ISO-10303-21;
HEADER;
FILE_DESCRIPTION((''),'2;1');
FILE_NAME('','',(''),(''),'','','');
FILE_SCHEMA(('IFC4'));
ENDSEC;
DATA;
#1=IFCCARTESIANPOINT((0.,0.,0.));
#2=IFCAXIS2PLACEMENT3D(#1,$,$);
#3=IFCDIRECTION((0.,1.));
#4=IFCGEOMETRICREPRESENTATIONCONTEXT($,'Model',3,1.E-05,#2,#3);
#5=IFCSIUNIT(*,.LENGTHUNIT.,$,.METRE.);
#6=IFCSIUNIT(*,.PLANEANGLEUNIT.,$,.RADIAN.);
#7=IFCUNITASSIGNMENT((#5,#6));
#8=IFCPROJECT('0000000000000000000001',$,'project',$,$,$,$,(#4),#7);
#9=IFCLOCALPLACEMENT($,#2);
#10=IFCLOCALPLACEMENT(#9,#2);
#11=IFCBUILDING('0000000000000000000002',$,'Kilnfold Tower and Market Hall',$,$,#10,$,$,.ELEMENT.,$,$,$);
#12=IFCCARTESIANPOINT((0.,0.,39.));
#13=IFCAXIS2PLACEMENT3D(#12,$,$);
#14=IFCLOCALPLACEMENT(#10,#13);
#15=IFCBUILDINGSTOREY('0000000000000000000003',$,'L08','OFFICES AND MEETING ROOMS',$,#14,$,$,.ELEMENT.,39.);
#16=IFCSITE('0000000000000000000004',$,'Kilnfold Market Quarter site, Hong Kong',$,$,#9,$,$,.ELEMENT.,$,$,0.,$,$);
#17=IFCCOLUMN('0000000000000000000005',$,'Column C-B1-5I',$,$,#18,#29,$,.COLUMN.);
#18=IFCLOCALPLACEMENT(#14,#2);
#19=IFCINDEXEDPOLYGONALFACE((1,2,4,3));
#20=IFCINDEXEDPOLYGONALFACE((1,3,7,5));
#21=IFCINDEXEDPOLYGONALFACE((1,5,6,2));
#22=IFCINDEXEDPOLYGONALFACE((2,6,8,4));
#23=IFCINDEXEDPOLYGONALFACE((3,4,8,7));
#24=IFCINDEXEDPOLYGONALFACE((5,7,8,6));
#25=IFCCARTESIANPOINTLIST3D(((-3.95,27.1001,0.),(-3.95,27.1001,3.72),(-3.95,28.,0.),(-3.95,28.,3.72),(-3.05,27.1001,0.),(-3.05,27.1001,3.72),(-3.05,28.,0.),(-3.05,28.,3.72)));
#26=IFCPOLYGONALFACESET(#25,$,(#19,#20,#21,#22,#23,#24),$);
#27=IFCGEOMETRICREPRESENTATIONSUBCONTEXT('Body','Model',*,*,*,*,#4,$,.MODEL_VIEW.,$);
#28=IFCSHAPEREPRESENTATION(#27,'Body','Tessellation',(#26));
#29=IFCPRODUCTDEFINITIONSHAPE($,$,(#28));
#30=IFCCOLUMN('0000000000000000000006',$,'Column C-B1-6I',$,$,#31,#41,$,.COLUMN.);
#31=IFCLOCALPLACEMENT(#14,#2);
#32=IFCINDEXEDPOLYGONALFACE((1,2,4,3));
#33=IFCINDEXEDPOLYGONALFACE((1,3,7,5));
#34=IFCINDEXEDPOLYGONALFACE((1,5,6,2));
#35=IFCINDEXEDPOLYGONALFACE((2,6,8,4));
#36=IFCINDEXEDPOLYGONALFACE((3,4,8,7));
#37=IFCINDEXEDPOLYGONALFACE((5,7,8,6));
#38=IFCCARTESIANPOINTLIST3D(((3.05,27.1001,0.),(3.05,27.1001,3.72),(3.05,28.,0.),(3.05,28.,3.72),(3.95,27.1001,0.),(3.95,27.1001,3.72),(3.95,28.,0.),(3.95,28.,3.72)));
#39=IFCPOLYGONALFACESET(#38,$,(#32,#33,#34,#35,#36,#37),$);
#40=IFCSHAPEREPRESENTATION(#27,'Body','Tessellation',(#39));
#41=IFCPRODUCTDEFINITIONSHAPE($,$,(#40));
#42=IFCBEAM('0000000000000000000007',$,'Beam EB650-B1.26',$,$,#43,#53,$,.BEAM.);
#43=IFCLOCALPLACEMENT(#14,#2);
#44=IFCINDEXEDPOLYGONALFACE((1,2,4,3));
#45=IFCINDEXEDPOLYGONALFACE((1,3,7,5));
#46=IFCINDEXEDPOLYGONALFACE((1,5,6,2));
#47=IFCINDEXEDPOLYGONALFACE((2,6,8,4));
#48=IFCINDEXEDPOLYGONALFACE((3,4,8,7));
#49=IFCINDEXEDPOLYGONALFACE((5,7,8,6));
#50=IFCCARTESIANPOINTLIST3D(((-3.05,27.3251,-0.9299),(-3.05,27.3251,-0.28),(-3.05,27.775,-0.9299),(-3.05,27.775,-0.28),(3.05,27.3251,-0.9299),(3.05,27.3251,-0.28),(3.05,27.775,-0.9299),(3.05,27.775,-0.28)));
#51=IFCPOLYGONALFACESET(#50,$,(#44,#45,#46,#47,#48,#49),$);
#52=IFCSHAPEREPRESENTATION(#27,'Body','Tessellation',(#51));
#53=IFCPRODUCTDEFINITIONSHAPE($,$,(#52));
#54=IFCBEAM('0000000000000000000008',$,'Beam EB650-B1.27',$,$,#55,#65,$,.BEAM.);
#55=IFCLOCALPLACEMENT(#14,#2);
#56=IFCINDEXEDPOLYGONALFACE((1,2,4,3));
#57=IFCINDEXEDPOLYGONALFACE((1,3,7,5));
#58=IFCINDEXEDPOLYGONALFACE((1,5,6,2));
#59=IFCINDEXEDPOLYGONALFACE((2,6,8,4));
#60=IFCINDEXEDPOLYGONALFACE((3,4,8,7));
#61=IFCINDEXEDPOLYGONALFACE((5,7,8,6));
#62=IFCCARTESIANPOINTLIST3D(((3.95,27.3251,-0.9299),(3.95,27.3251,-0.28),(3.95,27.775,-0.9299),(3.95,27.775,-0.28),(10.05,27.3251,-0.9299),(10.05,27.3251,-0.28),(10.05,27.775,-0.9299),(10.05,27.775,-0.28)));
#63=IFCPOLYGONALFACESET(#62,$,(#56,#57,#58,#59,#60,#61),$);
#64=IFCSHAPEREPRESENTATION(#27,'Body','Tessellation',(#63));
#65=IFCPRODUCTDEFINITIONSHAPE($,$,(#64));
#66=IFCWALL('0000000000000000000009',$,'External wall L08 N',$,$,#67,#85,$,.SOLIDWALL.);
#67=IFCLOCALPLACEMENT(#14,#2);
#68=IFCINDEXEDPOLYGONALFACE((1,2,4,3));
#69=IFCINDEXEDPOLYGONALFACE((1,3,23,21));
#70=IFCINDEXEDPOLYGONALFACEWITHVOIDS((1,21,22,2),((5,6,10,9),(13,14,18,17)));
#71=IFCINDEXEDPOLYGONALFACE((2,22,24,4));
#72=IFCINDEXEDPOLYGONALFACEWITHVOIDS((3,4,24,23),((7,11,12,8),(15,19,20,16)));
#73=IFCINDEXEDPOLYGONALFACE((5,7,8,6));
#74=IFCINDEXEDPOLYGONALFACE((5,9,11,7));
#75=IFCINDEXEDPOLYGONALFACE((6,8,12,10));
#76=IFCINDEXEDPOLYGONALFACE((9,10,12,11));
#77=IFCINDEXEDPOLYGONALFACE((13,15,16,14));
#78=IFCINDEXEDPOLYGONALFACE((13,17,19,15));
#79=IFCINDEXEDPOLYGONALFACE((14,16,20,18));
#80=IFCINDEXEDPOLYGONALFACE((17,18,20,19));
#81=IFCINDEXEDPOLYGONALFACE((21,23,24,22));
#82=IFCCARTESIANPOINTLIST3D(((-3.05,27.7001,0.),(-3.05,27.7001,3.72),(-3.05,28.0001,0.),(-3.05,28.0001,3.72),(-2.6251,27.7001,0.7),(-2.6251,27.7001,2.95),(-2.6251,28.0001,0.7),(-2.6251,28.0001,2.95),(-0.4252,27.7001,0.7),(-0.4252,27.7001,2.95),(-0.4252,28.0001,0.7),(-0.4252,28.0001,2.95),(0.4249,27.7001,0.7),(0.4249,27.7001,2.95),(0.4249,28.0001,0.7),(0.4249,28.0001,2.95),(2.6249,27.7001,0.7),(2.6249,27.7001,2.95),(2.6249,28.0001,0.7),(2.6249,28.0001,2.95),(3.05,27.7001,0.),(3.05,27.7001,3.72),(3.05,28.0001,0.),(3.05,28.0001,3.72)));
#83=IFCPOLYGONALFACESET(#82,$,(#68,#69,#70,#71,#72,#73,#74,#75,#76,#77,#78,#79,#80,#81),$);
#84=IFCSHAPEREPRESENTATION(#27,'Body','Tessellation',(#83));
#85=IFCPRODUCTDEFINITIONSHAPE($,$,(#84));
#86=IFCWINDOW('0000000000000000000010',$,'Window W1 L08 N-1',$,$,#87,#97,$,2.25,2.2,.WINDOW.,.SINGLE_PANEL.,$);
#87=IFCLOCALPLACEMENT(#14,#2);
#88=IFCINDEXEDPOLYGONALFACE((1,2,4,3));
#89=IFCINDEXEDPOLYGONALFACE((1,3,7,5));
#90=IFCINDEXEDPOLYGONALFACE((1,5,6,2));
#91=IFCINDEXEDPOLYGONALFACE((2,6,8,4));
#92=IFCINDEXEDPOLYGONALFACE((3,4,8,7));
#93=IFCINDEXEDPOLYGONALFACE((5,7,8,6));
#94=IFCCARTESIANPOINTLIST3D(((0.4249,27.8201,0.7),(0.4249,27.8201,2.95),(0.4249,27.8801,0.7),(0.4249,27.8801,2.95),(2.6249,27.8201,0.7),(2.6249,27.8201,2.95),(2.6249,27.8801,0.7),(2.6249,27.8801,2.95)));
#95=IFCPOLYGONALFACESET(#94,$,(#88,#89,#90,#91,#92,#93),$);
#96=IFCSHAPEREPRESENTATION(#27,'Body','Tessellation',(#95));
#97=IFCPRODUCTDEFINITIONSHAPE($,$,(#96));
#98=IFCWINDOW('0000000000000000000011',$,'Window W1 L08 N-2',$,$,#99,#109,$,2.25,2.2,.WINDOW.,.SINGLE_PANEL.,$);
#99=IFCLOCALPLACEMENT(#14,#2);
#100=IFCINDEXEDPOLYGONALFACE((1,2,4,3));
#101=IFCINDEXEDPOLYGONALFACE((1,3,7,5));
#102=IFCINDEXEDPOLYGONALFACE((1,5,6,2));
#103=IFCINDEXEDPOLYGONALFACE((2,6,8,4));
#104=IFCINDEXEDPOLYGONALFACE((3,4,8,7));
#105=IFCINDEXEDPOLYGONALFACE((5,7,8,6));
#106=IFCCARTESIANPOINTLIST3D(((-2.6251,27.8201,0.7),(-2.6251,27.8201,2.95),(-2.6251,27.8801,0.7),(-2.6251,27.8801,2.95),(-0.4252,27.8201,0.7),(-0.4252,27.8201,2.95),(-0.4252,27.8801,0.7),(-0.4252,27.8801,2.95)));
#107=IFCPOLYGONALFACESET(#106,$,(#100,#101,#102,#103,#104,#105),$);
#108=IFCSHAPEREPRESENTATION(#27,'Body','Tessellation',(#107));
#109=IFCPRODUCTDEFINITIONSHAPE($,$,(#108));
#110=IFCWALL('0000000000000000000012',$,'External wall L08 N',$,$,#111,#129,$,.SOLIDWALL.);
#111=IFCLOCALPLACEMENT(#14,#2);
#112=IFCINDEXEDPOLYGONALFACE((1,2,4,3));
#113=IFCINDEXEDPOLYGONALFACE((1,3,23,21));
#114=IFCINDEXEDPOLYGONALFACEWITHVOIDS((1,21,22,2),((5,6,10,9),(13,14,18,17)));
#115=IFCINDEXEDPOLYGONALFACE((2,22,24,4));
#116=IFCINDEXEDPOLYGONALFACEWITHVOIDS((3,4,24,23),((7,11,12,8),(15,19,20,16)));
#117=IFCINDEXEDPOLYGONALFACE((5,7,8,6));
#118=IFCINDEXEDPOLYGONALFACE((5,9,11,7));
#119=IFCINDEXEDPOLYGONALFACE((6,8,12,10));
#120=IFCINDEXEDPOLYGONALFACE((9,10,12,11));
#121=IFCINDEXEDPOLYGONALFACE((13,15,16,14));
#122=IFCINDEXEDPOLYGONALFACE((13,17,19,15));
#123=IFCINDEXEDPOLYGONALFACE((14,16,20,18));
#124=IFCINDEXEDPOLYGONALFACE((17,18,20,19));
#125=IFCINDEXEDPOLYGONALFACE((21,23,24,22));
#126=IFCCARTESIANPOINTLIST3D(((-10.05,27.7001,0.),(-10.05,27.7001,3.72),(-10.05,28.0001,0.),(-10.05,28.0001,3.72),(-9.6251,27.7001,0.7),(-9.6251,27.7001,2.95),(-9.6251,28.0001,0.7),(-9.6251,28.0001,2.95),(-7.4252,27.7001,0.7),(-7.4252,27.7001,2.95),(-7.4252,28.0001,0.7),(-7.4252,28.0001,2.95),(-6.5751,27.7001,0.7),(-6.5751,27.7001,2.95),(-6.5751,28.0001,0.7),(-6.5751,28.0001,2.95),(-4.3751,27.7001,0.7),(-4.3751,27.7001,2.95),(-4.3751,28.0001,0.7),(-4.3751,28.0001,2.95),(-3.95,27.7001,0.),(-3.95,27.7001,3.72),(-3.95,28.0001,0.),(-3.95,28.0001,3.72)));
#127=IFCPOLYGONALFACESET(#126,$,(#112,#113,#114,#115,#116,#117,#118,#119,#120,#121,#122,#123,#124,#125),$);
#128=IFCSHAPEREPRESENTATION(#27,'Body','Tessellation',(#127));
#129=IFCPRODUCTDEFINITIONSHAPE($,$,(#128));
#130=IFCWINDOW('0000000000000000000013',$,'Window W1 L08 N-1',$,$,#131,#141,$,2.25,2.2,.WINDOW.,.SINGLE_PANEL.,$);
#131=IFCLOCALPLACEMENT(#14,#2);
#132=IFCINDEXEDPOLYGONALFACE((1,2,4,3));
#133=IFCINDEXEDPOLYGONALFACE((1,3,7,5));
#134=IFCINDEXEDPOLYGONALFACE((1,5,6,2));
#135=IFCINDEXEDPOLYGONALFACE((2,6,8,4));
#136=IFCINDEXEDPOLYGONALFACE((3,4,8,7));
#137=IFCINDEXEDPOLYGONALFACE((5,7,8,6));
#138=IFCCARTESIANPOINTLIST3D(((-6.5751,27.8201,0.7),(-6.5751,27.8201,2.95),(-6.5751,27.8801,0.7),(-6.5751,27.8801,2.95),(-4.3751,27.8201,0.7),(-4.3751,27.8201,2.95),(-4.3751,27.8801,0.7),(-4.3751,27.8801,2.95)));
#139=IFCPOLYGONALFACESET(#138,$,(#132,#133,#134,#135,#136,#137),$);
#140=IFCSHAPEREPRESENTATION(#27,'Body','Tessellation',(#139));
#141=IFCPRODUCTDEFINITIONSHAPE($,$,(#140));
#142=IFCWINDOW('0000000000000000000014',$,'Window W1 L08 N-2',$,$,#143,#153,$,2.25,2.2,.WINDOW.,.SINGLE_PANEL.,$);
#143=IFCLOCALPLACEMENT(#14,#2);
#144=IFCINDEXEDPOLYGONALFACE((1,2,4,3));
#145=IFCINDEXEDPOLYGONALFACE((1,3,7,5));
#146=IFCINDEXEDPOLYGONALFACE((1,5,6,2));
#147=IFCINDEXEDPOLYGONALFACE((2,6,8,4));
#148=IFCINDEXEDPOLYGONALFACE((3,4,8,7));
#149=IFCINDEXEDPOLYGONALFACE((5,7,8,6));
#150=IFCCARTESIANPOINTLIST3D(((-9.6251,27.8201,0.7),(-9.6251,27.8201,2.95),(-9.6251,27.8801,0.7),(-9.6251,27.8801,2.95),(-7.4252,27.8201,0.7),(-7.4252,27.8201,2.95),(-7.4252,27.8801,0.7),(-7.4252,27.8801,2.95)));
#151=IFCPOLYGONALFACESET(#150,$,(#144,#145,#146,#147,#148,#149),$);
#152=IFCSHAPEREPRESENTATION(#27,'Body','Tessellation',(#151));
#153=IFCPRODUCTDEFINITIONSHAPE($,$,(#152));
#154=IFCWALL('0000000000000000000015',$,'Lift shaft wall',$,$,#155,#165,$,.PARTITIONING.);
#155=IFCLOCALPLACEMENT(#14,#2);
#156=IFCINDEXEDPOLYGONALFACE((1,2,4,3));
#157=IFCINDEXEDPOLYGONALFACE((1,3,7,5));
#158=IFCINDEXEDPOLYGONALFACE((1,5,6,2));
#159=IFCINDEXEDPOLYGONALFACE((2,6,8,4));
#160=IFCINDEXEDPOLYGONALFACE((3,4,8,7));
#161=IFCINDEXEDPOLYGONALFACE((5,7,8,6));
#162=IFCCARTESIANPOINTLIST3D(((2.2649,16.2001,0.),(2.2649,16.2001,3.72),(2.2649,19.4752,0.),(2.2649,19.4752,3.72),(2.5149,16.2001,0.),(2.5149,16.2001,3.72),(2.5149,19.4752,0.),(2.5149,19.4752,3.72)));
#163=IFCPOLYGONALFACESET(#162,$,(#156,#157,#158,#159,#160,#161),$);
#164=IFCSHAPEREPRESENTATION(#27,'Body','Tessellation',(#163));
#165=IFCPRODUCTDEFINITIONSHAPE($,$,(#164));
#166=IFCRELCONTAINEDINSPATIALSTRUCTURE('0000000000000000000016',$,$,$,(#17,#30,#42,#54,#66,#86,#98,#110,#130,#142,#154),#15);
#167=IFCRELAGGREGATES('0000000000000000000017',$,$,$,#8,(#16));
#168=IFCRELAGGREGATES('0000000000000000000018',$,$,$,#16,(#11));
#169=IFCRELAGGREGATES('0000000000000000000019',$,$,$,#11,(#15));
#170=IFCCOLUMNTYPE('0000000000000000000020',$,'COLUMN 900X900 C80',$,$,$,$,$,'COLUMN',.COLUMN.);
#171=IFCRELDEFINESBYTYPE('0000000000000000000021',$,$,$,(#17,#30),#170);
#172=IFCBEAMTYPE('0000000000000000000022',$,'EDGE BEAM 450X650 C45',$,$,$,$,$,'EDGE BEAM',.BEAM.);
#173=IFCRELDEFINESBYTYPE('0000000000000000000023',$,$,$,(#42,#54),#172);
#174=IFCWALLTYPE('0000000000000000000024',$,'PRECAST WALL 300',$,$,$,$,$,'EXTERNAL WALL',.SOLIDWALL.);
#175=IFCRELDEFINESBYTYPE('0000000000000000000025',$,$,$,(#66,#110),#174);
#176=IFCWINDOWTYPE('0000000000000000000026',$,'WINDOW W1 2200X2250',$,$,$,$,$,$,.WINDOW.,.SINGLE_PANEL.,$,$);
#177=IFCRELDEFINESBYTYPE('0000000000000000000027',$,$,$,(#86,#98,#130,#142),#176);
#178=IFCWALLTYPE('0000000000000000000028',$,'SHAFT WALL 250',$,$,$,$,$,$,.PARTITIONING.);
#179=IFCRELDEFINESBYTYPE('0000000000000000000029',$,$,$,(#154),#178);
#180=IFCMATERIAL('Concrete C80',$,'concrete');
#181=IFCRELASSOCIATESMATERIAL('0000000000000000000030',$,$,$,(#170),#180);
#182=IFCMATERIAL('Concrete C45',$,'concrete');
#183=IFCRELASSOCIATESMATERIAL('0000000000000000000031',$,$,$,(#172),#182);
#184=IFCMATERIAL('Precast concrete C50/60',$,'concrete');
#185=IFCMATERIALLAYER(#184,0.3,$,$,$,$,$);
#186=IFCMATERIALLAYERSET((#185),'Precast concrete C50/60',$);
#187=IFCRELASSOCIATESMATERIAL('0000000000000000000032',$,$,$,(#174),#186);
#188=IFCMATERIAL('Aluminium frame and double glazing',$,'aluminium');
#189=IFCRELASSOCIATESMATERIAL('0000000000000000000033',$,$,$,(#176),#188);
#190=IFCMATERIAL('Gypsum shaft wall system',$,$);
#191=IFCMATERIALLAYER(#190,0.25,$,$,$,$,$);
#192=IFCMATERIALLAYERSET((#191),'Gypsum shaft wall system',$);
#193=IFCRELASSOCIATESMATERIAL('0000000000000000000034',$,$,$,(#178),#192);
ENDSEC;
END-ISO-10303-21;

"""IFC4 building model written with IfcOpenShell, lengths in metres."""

from ifc_helpers import new_model, si_unit, direction, frame, frame_2d, origin, origin_2d, place, context, subcontext, project, spatial, rectangle, extrude, source, transform, mapped, material, layer, layer_set, material_profile, profile_set, type_object, element, fill, save


model = new_model("IFC4")

# Units and contexts
model_context = context("Model", 3, precision=1e-05, world=origin(), true_north=direction((0.0, 1.0)))
body_context = subcontext(model_context, "Body", "Model", "MODEL_VIEW")
ifc_project = project(units=[si_unit("LENGTHUNIT", "METRE"), si_unit("PLANEANGLEUNIT", "RADIAN")], contexts=[model_context])

# Site, building, storey
site_placement = place(None, origin())
site = spatial("IfcSite", under=ifc_project, at=site_placement, Name="Kilnfold Market Quarter site, Hong Kong", CompositionType="ELEMENT", RefElevation=0.0)
building_placement = place(site_placement, origin())
building = spatial("IfcBuilding", under=site, at=building_placement, Name="Kilnfold Tower and Market Hall", CompositionType="ELEMENT")
storey_placement = place(building_placement, frame((0.0, 0.0, 39.0)))
storey = spatial("IfcBuildingStorey", under=building, at=storey_placement, Name="L08", Description="OFFICES AND MEETING ROOMS", CompositionType="ELEMENT", Elevation=39.0)

# Columns
ifc_material_1 = material(Name="Concrete C80", Category="concrete")
ifc_material_profile_1 = material_profile(ifc_material_1, rectangle(XDim=0.8999, YDim=0.8999, at=origin_2d()), Name="RC 900x900")
ifc_profile_set_1 = profile_set([ifc_material_profile_1], Name="Concrete C80")
column_type = type_object("IfcColumnType", Name="COLUMN 900X900 C80", ElementType="COLUMN", PredefinedType="COLUMN", material=ifc_profile_set_1)
shared_shape_1 = source(origin(), body_context, "Body", "SweptSolid", [
    extrude(rectangle(XDim=0.8999, YDim=0.8999, at=origin_2d()), origin(), (0.0, 0.0, 1.0), 3.72),
])
for number, where, z_axis, x_axis, name in (
    (1, (-3.5, 27.55, 0.0), (0.0, 0.0, 1.0), (1.0, 0.0, 0.0), "Column C-B1-5I"),
    (2, (3.5, 27.55, 0.0), (0.0, 0.0, 1.0), (1.0, 0.0, 0.0), "Column C-B1-6I"),
):
    element("IfcColumn", number, at=place(storey_placement, frame(where, z_axis=z_axis, x_axis=x_axis)), inside=storey, type_object=column_type, Name=name, PredefinedType="COLUMN", context=body_context, shape_type="MappedRepresentation", body=[
        mapped(shared_shape_1, transform((0.0, 0.0, 0.0))),
    ])

# Beams
ifc_material_2 = material(Name="Concrete C45", Category="concrete")
ifc_material_profile_2 = material_profile(ifc_material_2, rectangle(XDim=0.45, YDim=0.6499, at=origin_2d()), Name="RC 450x650")
ifc_profile_set_2 = profile_set([ifc_material_profile_2], Name="Concrete C45")
beam_type = type_object("IfcBeamType", Name="EDGE BEAM 450X650 C45", ElementType="EDGE BEAM", PredefinedType="BEAM", material=ifc_profile_set_2)
shared_shape_2 = source(origin(), body_context, "Body", "SweptSolid", [
    extrude(rectangle(XDim=0.45, YDim=0.6499, at=origin_2d()), origin(), (0.0, 0.0, 1.0), 6.1001),
])
for number, where, z_axis, x_axis, name in (
    (3, (-3.05, 27.55, -0.605), (1.0, 0.0, 0.0), (0.0, 1.0, 0.0), "Beam EB650-B1.26"),
    (4, (3.95, 27.55, -0.605), (1.0, 0.0, 0.0), (0.0, 1.0, 0.0), "Beam EB650-B1.27"),
):
    element("IfcBeam", number, at=place(storey_placement, frame(where, z_axis=z_axis, x_axis=x_axis)), inside=storey, type_object=beam_type, Name=name, PredefinedType="BEAM", context=body_context, shape_type="MappedRepresentation", body=[
        mapped(shared_shape_2, transform((0.0, 0.0, 0.0))),
    ])

# Walls, openings, windows
ifc_material_3 = material(Name="Precast concrete C50/60", Category="concrete")
ifc_layer_1 = layer(ifc_material_3, 0.3)
ifc_layer_set_1 = layer_set([ifc_layer_1], Name="Precast concrete C50/60")
wall_type_1 = type_object("IfcWallType", Name="PRECAST WALL 300", ElementType="EXTERNAL WALL", PredefinedType="SOLIDWALL", material=ifc_layer_set_1)
shared_shape_3 = source(origin(), body_context, "Body", "SweptSolid", [
    extrude(rectangle(XDim=6.1001, YDim=0.3, at=frame_2d((3.05, 0.0))), origin(), (0.0, 0.0, 1.0), 3.72),
])
wall_1_placement = place(storey_placement, frame((3.05, 27.8501, 0.0), z_axis=(0.0, 0.0, 1.0), x_axis=(-1.0, 0.0, 0.0)))
wall_1 = element("IfcWall", 5, at=wall_1_placement, inside=storey, type_object=wall_type_1, Name="External wall L08 N", PredefinedType="SOLIDWALL", context=body_context, shape_type="MappedRepresentation", body=[
    mapped(shared_shape_3, transform((0.0, 0.0, 0.0))),
])
opening_1_placement = place(wall_1_placement, frame((0.425, 0.0, 0.7)))
opening_1 = element("IfcOpeningElement", 6, at=opening_1_placement, cuts=wall_1, PredefinedType="OPENING", context=body_context, shape_type="SweptSolid", body=[
    extrude(rectangle(XDim=2.2, YDim=2.25, at=frame_2d((1.1001, 1.125))), frame((0.0, 0.1602, 0.0), z_axis=(0.0, -1.0, 0.0), x_axis=(1.0, 0.0, 0.0)), (0.0, 0.0, 1.0), 0.3201),
])
opening_2_placement = place(wall_1_placement, frame((3.4751, 0.0, 0.7)))
opening_2 = element("IfcOpeningElement", 7, at=opening_2_placement, cuts=wall_1, PredefinedType="OPENING", context=body_context, shape_type="SweptSolid", body=[
    extrude(rectangle(XDim=2.2, YDim=2.25, at=frame_2d((1.1001, 1.125))), frame((0.0, 0.1602, 0.0), z_axis=(0.0, -1.0, 0.0), x_axis=(1.0, 0.0, 0.0)), (0.0, 0.0, 1.0), 0.3201),
])
ifc_material_4 = material(Name="Aluminium frame and double glazing", Category="aluminium")
window_type = type_object("IfcWindowType", Name="WINDOW W1 2200X2250", PartitioningType="SINGLE_PANEL", PredefinedType="WINDOW", material=ifc_material_4)
window_1_placement = place(opening_1_placement, origin())
window_1 = element("IfcWindow", 8, at=window_1_placement, inside=storey, type_object=window_type, Name="Window W1 L08 N-1", OverallHeight=2.25, OverallWidth=2.2, PartitioningType="SINGLE_PANEL", PredefinedType="WINDOW", context=body_context, shape_type="SweptSolid", body=[
    extrude(rectangle(XDim=2.2, YDim=2.25, at=frame_2d((1.1001, 1.125))), frame((0.0, 0.03, 0.0), z_axis=(0.0, -1.0, 0.0), x_axis=(1.0, 0.0, 0.0)), (0.0, 0.0, 1.0), 0.0601),
])
fill(opening_1, window_1)
window_2_placement = place(opening_2_placement, origin())
window_2 = element("IfcWindow", 9, at=window_2_placement, inside=storey, type_object=window_type, Name="Window W1 L08 N-2", OverallHeight=2.25, OverallWidth=2.2, PartitioningType="SINGLE_PANEL", PredefinedType="WINDOW", context=body_context, shape_type="SweptSolid", body=[
    extrude(rectangle(XDim=2.2, YDim=2.25, at=frame_2d((1.1001, 1.125))), frame((0.0, 0.03, 0.0), z_axis=(0.0, -1.0, 0.0), x_axis=(1.0, 0.0, 0.0)), (0.0, 0.0, 1.0), 0.0601),
])
fill(opening_2, window_2)
wall_2_placement = place(storey_placement, frame((-3.95, 27.8501, 0.0), z_axis=(0.0, 0.0, 1.0), x_axis=(-1.0, 0.0, 0.0)))
wall_2 = element("IfcWall", 10, at=wall_2_placement, inside=storey, type_object=wall_type_1, Name="External wall L08 N", PredefinedType="SOLIDWALL", context=body_context, shape_type="MappedRepresentation", body=[
    mapped(shared_shape_3, transform((0.0, 0.0, 0.0))),
])
opening_3_placement = place(wall_2_placement, frame((0.425, 0.0, 0.7)))
opening_3 = element("IfcOpeningElement", 11, at=opening_3_placement, cuts=wall_2, PredefinedType="OPENING", context=body_context, shape_type="SweptSolid", body=[
    extrude(rectangle(XDim=2.2, YDim=2.25, at=frame_2d((1.1001, 1.125))), frame((0.0, 0.1602, 0.0), z_axis=(0.0, -1.0, 0.0), x_axis=(1.0, 0.0, 0.0)), (0.0, 0.0, 1.0), 0.3201),
])
opening_4_placement = place(wall_2_placement, frame((3.4751, 0.0, 0.7)))
opening_4 = element("IfcOpeningElement", 12, at=opening_4_placement, cuts=wall_2, PredefinedType="OPENING", context=body_context, shape_type="SweptSolid", body=[
    extrude(rectangle(XDim=2.2, YDim=2.25, at=frame_2d((1.1001, 1.125))), frame((0.0, 0.1602, 0.0), z_axis=(0.0, -1.0, 0.0), x_axis=(1.0, 0.0, 0.0)), (0.0, 0.0, 1.0), 0.3201),
])
window_3_placement = place(opening_3_placement, origin())
window_3 = element("IfcWindow", 13, at=window_3_placement, inside=storey, type_object=window_type, Name="Window W1 L08 N-1", OverallHeight=2.25, OverallWidth=2.2, PartitioningType="SINGLE_PANEL", PredefinedType="WINDOW", context=body_context, shape_type="SweptSolid", body=[
    extrude(rectangle(XDim=2.2, YDim=2.25, at=frame_2d((1.1001, 1.125))), frame((0.0, 0.03, 0.0), z_axis=(0.0, -1.0, 0.0), x_axis=(1.0, 0.0, 0.0)), (0.0, 0.0, 1.0), 0.0601),
])
fill(opening_3, window_3)
window_4_placement = place(opening_4_placement, origin())
window_4 = element("IfcWindow", 14, at=window_4_placement, inside=storey, type_object=window_type, Name="Window W1 L08 N-2", OverallHeight=2.25, OverallWidth=2.2, PartitioningType="SINGLE_PANEL", PredefinedType="WINDOW", context=body_context, shape_type="SweptSolid", body=[
    extrude(rectangle(XDim=2.2, YDim=2.25, at=frame_2d((1.1001, 1.125))), frame((0.0, 0.03, 0.0), z_axis=(0.0, -1.0, 0.0), x_axis=(1.0, 0.0, 0.0)), (0.0, 0.0, 1.0), 0.0601),
])
fill(opening_4, window_4)

# Wall
ifc_material_5 = material(Name="Gypsum shaft wall system")
ifc_layer_2 = layer(ifc_material_5, 0.25)
ifc_layer_set_2 = layer_set([ifc_layer_2], Name="Gypsum shaft wall system")
wall_type_2 = type_object("IfcWallType", Name="SHAFT WALL 250", PredefinedType="PARTITIONING", material=ifc_layer_set_2)
shared_shape_4 = source(origin(), body_context, "Body", "SweptSolid", [
    extrude(rectangle(XDim=3.2751, YDim=0.25, at=frame_2d((1.6377, 0.0))), origin(), (0.0, 0.0, 1.0), 3.72),
])
for number, where, z_axis, x_axis, name in (
    (15, (2.3899, 16.2, 0.0), (0.0, 0.0, 1.0), (0.0, 1.0, 0.0), "Lift shaft wall"),
):
    element("IfcWall", number, at=place(storey_placement, frame(where, z_axis=z_axis, x_axis=x_axis)), inside=storey, type_object=wall_type_2, Name=name, PredefinedType="PARTITIONING", context=body_context, shape_type="MappedRepresentation", body=[
        mapped(shared_shape_4, transform((0.0, 0.0, 0.0))),
    ])

save(model, "model.ifc")
